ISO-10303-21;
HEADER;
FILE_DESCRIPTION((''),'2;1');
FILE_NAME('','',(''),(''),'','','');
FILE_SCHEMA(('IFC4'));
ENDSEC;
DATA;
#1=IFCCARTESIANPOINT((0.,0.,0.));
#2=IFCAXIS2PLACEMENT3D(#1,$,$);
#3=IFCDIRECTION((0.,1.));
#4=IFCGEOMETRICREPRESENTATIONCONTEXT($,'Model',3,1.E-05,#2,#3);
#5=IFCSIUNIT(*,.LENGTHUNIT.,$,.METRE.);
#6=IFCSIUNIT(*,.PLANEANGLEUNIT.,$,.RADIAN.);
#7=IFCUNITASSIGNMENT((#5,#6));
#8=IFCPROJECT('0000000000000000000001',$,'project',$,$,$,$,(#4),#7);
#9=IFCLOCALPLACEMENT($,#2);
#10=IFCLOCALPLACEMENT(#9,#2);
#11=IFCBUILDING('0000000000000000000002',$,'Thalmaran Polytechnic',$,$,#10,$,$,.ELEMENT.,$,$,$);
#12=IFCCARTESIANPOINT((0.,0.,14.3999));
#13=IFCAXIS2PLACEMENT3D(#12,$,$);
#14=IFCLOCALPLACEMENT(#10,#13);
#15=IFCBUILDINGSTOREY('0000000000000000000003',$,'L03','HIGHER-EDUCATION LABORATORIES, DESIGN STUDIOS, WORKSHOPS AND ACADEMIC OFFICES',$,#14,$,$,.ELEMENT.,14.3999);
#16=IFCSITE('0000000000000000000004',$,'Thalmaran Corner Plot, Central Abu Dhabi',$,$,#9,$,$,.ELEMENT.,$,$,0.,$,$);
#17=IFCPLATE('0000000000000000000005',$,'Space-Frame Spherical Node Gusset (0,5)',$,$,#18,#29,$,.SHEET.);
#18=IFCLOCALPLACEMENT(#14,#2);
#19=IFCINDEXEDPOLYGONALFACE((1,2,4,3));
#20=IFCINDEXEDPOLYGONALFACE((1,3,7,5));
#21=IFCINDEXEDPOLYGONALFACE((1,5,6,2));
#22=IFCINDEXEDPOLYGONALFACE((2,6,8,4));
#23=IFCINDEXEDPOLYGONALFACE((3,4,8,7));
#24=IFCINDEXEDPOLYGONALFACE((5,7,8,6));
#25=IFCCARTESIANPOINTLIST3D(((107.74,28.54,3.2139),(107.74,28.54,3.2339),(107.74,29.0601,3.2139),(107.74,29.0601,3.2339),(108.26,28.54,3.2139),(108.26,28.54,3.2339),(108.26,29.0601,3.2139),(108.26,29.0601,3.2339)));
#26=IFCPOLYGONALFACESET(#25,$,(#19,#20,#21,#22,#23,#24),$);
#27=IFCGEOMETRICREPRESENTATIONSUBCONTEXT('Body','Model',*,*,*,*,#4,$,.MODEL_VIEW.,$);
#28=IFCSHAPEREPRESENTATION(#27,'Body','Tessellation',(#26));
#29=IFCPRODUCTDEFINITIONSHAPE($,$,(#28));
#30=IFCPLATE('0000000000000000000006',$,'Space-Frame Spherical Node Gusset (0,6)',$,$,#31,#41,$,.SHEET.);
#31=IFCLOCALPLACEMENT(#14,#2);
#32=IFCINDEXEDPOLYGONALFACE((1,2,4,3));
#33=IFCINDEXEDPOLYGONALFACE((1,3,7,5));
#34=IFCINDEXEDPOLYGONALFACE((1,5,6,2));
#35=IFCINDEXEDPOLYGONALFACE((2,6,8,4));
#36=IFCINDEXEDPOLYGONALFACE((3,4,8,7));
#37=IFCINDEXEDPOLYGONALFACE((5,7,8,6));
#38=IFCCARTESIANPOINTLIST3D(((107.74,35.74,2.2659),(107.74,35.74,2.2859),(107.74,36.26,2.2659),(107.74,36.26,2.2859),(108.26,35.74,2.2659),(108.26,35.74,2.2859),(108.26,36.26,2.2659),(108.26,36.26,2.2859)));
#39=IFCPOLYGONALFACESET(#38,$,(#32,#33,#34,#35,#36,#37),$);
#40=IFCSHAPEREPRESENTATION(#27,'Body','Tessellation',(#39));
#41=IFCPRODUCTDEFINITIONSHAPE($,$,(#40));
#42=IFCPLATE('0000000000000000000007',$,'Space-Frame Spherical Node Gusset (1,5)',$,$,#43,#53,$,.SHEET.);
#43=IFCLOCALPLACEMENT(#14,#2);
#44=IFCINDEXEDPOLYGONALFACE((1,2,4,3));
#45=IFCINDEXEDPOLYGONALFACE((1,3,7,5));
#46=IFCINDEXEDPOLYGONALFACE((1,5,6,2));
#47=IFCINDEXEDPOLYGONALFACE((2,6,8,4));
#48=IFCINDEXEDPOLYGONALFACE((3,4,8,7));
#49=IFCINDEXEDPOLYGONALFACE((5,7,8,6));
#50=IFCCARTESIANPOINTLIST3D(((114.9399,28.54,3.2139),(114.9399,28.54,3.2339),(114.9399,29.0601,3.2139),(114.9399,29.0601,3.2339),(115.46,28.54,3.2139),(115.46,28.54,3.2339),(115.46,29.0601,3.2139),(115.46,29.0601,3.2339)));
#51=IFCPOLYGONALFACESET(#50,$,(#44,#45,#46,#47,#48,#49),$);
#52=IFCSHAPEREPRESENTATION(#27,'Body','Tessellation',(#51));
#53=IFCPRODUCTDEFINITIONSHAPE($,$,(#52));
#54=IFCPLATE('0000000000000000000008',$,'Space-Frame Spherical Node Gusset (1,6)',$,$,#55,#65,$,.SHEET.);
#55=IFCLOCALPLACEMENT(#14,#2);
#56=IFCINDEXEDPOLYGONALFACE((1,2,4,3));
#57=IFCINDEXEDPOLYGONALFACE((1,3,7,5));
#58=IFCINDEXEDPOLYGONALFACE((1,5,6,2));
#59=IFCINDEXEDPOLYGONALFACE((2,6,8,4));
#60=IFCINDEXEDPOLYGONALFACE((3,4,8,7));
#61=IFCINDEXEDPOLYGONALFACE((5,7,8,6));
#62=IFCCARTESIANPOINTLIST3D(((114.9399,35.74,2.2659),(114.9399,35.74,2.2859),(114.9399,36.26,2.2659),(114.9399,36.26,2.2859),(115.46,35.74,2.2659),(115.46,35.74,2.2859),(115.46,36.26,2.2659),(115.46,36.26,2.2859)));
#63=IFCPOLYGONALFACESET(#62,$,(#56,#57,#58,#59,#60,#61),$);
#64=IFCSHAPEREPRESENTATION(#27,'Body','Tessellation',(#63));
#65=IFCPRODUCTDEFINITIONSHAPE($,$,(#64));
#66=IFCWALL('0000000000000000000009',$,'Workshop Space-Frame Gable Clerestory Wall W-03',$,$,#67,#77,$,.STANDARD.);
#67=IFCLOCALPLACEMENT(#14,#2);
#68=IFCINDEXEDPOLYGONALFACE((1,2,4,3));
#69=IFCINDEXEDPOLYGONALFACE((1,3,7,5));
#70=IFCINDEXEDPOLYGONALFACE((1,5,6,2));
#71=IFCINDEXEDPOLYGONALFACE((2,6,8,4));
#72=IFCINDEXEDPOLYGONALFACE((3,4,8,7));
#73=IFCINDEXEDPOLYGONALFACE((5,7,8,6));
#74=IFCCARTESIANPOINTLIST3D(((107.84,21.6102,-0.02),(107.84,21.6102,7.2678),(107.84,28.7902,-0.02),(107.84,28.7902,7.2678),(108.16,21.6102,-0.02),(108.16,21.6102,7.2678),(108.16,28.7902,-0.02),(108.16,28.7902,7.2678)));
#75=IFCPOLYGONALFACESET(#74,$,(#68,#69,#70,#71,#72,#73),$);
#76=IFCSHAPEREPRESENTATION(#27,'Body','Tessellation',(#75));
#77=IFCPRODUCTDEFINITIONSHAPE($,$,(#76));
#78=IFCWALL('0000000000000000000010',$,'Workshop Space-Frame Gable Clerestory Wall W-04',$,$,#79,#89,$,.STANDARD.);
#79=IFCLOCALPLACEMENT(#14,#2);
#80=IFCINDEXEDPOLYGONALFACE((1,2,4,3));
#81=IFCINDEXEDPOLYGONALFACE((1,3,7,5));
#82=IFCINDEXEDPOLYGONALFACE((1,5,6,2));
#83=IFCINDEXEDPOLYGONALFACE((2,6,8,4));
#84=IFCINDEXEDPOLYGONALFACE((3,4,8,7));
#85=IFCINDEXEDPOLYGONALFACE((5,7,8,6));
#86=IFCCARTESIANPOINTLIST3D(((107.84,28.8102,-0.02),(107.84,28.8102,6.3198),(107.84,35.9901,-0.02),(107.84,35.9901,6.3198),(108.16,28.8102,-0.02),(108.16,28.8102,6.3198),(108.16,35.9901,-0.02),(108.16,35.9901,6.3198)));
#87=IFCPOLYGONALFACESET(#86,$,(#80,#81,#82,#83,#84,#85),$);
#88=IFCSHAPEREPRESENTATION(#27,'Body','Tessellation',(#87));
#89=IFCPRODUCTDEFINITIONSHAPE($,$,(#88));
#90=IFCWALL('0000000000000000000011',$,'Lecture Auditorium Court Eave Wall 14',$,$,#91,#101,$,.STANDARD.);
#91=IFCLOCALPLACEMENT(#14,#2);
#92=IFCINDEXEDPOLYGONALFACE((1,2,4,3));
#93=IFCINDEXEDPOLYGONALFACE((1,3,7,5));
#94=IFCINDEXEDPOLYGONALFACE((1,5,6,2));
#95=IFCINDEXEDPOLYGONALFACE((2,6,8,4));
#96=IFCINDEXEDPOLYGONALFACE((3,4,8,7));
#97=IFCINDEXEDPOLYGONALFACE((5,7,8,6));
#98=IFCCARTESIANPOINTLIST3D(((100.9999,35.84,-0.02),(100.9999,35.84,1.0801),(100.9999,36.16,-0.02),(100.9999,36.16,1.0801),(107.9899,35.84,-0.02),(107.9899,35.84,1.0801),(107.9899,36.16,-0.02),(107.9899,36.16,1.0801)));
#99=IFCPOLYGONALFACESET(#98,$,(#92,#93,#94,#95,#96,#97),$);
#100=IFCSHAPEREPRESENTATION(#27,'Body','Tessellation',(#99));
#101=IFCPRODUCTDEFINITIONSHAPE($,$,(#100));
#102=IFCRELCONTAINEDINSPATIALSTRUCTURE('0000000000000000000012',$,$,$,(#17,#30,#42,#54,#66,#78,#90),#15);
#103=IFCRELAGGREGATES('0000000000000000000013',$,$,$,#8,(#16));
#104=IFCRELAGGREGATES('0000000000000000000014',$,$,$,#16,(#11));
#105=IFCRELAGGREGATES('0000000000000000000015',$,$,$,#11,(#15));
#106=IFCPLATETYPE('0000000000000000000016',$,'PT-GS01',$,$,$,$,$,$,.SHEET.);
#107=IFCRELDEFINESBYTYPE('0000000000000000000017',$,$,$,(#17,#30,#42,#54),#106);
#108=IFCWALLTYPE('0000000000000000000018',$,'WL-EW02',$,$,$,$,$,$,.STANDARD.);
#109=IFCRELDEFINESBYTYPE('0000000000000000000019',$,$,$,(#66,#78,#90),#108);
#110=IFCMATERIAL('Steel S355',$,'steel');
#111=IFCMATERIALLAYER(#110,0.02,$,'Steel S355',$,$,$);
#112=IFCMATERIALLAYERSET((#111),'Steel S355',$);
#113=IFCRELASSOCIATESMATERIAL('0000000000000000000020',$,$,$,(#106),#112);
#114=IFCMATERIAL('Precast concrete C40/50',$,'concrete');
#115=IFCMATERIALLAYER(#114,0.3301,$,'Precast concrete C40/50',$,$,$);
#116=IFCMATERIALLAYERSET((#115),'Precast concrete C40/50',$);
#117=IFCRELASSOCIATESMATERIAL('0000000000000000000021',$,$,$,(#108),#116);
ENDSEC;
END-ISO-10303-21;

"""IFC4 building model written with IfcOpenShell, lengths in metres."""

from ifc_helpers import new_model, si_unit, direction, frame, frame_2d, origin, origin_2d, place, context, subcontext, project, spatial, rectangle, extrude, material, layer, layer_set, type_object, element, save


model = new_model("IFC4")

# Units and contexts
model_context = context("Model", 3, precision=1e-05, world=origin(), true_north=direction((0.0, 1.0)))
body_context = subcontext(model_context, "Body", "Model", "MODEL_VIEW")
ifc_project = project(units=[si_unit("LENGTHUNIT", "METRE"), si_unit("PLANEANGLEUNIT", "RADIAN")], contexts=[model_context])

# Site, building, storey
site_placement = place(None, origin())
site = spatial("IfcSite", under=ifc_project, at=site_placement, Name="Thalmaran Corner Plot, Central Abu Dhabi", CompositionType="ELEMENT", RefElevation=0.0)
building_placement = place(site_placement, origin())
building = spatial("IfcBuilding", under=site, at=building_placement, Name="Thalmaran Polytechnic", CompositionType="ELEMENT")
storey_placement = place(building_placement, frame((0.0, 0.0, 14.3999)))
storey = spatial("IfcBuildingStorey", under=building, at=storey_placement, Name="L03", Description="HIGHER-EDUCATION LABORATORIES, DESIGN STUDIOS, WORKSHOPS AND ACADEMIC OFFICES", CompositionType="ELEMENT", Elevation=14.3999)

# Shared definitions
ifc_material_1 = material(Name="Steel S355", Category="steel")

# Plates
ifc_layer_1 = layer(ifc_material_1, 0.02, Name="Steel S355")
ifc_layer_set_1 = layer_set([ifc_layer_1], Name="Steel S355")
plate_type_1 = type_object("IfcPlateType", Name="PT-GS01", PredefinedType="SHEET", material=ifc_layer_set_1)
for number, where, z_axis, x_axis, name in (
    (1, (108.0, 28.8, 3.2139), (0.0, 0.0, 1.0), (1.0, 0.0, 0.0), "Space-Frame Spherical Node Gusset (0,5)"),
    (2, (108.0, 36.0, 2.2659), (0.0, 0.0, 1.0), (1.0, 0.0, 0.0), "Space-Frame Spherical Node Gusset (0,6)"),
    (3, (115.2, 28.8, 3.2139), (0.0, 0.0, 1.0), (1.0, 0.0, 0.0), "Space-Frame Spherical Node Gusset (1,5)"),
    (4, (115.2, 36.0, 2.2659), (0.0, 0.0, 1.0), (1.0, 0.0, 0.0), "Space-Frame Spherical Node Gusset (1,6)"),
):
    element("IfcPlate", number, at=place(storey_placement, frame(where, z_axis=z_axis, x_axis=x_axis)), inside=storey, type_object=plate_type_1, Name=name, PredefinedType="SHEET", context=body_context, shape_type="SweptSolid", body=[
        extrude(rectangle(XDim=0.52, YDim=0.52, at=origin_2d()), origin(), (0.0, 0.0, 1.0), 0.02),
    ])

# Walls
ifc_material_2 = material(Name="Precast concrete C40/50", Category="concrete")
ifc_layer_2 = layer(ifc_material_2, 0.3301, Name="Precast concrete C40/50")
ifc_layer_set_2 = layer_set([ifc_layer_2], Name="Precast concrete C40/50")
wall_type = type_object("IfcWallType", Name="WL-EW02", PredefinedType="STANDARD", material=ifc_layer_set_2)
wall_1_placement = place(storey_placement, frame((108.0, 28.79, -0.02), z_axis=(0.0, 0.0, 1.0), x_axis=(0.0, -1.0, 0.0)))
element("IfcWall", 5, at=wall_1_placement, inside=storey, type_object=wall_type, Name="Workshop Space-Frame Gable Clerestory Wall W-03", PredefinedType="STANDARD", context=body_context, shape_type="SweptSolid", body=[
    extrude(rectangle(XDim=7.1799, YDim=0.3201, at=frame_2d((3.5898, 0.0))), origin(), (0.0, 0.0, 1.0), 7.2878),
])
wall_2_placement = place(storey_placement, frame((108.0, 35.99, -0.02), z_axis=(0.0, 0.0, 1.0), x_axis=(0.0, -1.0, 0.0)))
element("IfcWall", 6, at=wall_2_placement, inside=storey, type_object=wall_type, Name="Workshop Space-Frame Gable Clerestory Wall W-04", PredefinedType="STANDARD", context=body_context, shape_type="SweptSolid", body=[
    extrude(rectangle(XDim=7.1799, YDim=0.3201, at=frame_2d((3.5898, 0.0))), origin(), (0.0, 0.0, 1.0), 6.3398),
])
wall_3_placement = place(storey_placement, frame((107.99, 36.0, -0.02), z_axis=(0.0, 0.0, 1.0), x_axis=(-1.0, 0.0, 0.0)))
element("IfcWall", 7, at=wall_3_placement, inside=storey, type_object=wall_type, Name="Lecture Auditorium Court Eave Wall 14", PredefinedType="STANDARD", context=body_context, shape_type="SweptSolid", body=[
    extrude(rectangle(XDim=6.99, YDim=0.3201, at=frame_2d((3.4951, 0.0))), origin(), (0.0, 0.0, 1.0), 1.1001),
])

save(model, "model.ifc")
